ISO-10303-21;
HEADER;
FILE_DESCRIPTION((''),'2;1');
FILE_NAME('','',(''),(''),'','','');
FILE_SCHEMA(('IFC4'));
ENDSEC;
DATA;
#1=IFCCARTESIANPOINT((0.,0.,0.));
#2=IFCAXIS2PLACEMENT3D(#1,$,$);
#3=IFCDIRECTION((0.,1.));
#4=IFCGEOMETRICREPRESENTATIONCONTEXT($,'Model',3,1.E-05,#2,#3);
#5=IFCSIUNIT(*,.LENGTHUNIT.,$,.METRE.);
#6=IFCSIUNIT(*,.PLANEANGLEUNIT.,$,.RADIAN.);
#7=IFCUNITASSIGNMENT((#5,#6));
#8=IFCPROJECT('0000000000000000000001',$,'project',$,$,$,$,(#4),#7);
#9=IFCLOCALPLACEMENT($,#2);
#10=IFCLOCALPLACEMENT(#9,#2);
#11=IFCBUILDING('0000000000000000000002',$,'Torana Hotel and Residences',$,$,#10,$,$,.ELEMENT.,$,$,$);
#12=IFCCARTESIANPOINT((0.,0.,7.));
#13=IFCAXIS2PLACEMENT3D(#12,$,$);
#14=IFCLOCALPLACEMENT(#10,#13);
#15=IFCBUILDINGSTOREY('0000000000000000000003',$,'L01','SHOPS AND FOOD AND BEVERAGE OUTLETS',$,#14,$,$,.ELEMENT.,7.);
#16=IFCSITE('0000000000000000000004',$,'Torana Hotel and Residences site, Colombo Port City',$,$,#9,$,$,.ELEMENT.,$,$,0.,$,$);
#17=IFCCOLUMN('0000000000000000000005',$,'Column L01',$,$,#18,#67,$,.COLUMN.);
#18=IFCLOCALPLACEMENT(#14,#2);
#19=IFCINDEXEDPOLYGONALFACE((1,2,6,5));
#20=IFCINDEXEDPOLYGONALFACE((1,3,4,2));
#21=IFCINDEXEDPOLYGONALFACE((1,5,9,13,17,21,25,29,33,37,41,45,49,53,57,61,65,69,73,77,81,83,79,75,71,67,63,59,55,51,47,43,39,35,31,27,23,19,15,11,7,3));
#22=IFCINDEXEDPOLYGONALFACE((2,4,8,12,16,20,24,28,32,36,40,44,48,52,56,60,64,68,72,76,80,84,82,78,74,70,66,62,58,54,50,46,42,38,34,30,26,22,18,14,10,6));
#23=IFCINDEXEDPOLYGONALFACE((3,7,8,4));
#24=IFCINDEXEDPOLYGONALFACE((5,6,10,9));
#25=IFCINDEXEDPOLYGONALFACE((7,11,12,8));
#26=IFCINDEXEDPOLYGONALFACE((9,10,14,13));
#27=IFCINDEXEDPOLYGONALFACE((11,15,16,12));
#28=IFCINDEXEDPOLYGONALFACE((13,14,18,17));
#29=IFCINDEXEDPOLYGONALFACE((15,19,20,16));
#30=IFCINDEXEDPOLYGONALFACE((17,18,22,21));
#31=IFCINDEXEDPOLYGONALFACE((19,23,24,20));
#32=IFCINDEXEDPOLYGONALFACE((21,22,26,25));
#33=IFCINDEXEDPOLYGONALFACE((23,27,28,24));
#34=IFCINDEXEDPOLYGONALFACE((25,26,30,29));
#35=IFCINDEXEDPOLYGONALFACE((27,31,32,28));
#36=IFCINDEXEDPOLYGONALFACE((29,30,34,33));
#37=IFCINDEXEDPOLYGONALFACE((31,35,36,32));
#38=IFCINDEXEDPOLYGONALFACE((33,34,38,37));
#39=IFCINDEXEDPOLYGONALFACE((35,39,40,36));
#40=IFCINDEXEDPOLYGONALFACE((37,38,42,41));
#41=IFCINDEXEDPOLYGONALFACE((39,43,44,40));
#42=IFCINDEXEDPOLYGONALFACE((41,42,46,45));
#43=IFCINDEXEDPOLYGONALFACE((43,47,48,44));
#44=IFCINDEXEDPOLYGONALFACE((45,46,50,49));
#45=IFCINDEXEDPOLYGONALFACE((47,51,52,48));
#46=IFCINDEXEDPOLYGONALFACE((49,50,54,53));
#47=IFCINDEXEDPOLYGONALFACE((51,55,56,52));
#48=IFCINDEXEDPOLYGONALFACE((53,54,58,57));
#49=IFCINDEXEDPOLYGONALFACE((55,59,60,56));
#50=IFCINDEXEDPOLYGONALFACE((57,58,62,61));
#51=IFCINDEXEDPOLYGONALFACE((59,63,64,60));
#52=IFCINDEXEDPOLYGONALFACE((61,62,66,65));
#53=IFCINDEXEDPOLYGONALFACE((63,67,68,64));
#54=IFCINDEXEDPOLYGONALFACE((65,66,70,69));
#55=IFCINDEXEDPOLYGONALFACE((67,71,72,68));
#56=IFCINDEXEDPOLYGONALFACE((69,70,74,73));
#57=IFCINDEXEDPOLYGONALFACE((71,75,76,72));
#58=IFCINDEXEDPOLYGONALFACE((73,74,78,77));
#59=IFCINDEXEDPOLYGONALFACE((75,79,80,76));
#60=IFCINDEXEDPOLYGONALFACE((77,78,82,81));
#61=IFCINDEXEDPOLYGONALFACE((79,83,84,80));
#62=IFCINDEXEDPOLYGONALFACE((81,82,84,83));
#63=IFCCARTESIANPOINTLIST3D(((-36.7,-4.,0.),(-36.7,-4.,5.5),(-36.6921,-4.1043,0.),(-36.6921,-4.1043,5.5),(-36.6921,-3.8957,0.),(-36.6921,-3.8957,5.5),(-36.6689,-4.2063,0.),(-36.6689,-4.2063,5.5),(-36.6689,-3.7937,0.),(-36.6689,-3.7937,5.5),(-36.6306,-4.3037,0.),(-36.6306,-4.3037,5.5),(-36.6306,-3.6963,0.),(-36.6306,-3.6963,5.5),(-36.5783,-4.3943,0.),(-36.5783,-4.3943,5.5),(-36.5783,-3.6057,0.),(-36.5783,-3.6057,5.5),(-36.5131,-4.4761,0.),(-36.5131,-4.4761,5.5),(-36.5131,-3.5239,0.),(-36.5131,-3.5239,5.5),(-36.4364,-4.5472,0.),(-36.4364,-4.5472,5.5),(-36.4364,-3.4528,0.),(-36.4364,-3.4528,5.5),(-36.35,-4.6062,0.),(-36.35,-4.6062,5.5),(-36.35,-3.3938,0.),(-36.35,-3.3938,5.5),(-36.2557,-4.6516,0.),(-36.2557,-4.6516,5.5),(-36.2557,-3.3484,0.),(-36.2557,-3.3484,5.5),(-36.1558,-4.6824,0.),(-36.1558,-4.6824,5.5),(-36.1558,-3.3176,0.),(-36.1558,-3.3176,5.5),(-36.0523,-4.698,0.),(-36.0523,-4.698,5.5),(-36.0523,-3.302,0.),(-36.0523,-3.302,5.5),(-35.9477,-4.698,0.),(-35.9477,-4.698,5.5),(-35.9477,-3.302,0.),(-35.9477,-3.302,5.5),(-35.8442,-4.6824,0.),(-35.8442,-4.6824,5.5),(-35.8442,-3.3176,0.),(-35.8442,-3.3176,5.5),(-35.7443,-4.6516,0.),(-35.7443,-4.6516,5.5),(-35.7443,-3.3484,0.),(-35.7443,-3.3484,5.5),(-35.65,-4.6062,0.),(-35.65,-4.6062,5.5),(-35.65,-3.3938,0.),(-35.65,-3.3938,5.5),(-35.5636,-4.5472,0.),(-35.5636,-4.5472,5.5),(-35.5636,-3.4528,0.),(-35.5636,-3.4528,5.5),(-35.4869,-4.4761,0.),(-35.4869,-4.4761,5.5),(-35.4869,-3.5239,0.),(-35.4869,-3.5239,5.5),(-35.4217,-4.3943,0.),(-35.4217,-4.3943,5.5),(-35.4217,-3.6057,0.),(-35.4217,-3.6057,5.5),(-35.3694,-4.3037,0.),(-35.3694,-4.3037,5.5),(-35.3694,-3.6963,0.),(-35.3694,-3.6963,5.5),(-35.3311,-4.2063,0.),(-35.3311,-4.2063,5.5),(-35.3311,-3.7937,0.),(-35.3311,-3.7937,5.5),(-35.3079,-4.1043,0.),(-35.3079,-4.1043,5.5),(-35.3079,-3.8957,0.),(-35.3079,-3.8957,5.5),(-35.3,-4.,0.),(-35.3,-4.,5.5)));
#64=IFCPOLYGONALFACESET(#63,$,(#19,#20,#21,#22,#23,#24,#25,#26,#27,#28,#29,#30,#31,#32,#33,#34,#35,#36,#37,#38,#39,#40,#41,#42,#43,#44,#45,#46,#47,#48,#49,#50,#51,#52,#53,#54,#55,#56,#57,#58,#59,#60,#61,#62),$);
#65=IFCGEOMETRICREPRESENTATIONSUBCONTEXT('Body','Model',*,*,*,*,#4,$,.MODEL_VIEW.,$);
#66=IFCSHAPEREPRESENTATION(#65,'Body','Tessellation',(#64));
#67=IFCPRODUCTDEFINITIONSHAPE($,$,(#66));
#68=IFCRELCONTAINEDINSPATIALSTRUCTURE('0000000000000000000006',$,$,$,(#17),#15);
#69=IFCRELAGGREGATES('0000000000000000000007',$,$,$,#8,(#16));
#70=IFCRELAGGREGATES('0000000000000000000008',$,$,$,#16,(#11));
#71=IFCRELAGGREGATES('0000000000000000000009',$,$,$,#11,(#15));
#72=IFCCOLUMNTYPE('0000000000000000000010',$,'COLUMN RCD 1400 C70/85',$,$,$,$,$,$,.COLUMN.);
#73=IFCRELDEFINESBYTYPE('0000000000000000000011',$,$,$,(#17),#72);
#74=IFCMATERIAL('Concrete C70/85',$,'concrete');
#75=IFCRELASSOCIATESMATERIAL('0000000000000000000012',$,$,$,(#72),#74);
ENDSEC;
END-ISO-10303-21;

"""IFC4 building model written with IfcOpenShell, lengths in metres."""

from ifc_helpers import new_model, si_unit, direction, frame, origin, origin_2d, place, context, subcontext, project, spatial, circle, extrude, material, material_profile, profile_set, type_object, element, save


model = new_model("IFC4")

# Units and contexts
model_context = context("Model", 3, precision=1e-05, world=origin(), true_north=direction((0.0, 1.0)))
body_context = subcontext(model_context, "Body", "Model", "MODEL_VIEW")
ifc_project = project(units=[si_unit("LENGTHUNIT", "METRE"), si_unit("PLANEANGLEUNIT", "RADIAN")], contexts=[model_context])

# Site, building, storey
site_placement = place(None, origin())
site = spatial("IfcSite", under=ifc_project, at=site_placement, Name="Torana Hotel and Residences site, Colombo Port City", CompositionType="ELEMENT", RefElevation=0.0)
building_placement = place(site_placement, origin())
building = spatial("IfcBuilding", under=site, at=building_placement, Name="Torana Hotel and Residences", CompositionType="ELEMENT")
storey_placement = place(building_placement, frame((0.0, 0.0, 7.0)))
storey = spatial("IfcBuildingStorey", under=building, at=storey_placement, Name="L01", Description="SHOPS AND FOOD AND BEVERAGE OUTLETS", CompositionType="ELEMENT", Elevation=7.0)

# Column
ifc_material_1 = material(Name="Concrete C70/85", Category="concrete")
ifc_material_profile = material_profile(ifc_material_1, circle(Radius=0.7, at=origin_2d()), Name="RCD 1400")
ifc_profile_set = profile_set([ifc_material_profile], Name="Concrete C70/85")
column_type = type_object("IfcColumnType", Name="COLUMN RCD 1400 C70/85", PredefinedType="COLUMN", material=ifc_profile_set)
column_placement = place(storey_placement, frame((-36.0, -4.0, 0.0), z_axis=(0.0, 0.0, 1.0), x_axis=(1.0, 0.0, 0.0)))
element("IfcColumn", 1, at=column_placement, inside=storey, type_object=column_type, Name="Column L01", PredefinedType="COLUMN", context=body_context, shape_type="SweptSolid", body=[
    extrude(circle(Radius=0.7, at=origin_2d()), origin(), (0.0, 0.0, 1.0), 5.5),
])

save(model, "model.ifc")
